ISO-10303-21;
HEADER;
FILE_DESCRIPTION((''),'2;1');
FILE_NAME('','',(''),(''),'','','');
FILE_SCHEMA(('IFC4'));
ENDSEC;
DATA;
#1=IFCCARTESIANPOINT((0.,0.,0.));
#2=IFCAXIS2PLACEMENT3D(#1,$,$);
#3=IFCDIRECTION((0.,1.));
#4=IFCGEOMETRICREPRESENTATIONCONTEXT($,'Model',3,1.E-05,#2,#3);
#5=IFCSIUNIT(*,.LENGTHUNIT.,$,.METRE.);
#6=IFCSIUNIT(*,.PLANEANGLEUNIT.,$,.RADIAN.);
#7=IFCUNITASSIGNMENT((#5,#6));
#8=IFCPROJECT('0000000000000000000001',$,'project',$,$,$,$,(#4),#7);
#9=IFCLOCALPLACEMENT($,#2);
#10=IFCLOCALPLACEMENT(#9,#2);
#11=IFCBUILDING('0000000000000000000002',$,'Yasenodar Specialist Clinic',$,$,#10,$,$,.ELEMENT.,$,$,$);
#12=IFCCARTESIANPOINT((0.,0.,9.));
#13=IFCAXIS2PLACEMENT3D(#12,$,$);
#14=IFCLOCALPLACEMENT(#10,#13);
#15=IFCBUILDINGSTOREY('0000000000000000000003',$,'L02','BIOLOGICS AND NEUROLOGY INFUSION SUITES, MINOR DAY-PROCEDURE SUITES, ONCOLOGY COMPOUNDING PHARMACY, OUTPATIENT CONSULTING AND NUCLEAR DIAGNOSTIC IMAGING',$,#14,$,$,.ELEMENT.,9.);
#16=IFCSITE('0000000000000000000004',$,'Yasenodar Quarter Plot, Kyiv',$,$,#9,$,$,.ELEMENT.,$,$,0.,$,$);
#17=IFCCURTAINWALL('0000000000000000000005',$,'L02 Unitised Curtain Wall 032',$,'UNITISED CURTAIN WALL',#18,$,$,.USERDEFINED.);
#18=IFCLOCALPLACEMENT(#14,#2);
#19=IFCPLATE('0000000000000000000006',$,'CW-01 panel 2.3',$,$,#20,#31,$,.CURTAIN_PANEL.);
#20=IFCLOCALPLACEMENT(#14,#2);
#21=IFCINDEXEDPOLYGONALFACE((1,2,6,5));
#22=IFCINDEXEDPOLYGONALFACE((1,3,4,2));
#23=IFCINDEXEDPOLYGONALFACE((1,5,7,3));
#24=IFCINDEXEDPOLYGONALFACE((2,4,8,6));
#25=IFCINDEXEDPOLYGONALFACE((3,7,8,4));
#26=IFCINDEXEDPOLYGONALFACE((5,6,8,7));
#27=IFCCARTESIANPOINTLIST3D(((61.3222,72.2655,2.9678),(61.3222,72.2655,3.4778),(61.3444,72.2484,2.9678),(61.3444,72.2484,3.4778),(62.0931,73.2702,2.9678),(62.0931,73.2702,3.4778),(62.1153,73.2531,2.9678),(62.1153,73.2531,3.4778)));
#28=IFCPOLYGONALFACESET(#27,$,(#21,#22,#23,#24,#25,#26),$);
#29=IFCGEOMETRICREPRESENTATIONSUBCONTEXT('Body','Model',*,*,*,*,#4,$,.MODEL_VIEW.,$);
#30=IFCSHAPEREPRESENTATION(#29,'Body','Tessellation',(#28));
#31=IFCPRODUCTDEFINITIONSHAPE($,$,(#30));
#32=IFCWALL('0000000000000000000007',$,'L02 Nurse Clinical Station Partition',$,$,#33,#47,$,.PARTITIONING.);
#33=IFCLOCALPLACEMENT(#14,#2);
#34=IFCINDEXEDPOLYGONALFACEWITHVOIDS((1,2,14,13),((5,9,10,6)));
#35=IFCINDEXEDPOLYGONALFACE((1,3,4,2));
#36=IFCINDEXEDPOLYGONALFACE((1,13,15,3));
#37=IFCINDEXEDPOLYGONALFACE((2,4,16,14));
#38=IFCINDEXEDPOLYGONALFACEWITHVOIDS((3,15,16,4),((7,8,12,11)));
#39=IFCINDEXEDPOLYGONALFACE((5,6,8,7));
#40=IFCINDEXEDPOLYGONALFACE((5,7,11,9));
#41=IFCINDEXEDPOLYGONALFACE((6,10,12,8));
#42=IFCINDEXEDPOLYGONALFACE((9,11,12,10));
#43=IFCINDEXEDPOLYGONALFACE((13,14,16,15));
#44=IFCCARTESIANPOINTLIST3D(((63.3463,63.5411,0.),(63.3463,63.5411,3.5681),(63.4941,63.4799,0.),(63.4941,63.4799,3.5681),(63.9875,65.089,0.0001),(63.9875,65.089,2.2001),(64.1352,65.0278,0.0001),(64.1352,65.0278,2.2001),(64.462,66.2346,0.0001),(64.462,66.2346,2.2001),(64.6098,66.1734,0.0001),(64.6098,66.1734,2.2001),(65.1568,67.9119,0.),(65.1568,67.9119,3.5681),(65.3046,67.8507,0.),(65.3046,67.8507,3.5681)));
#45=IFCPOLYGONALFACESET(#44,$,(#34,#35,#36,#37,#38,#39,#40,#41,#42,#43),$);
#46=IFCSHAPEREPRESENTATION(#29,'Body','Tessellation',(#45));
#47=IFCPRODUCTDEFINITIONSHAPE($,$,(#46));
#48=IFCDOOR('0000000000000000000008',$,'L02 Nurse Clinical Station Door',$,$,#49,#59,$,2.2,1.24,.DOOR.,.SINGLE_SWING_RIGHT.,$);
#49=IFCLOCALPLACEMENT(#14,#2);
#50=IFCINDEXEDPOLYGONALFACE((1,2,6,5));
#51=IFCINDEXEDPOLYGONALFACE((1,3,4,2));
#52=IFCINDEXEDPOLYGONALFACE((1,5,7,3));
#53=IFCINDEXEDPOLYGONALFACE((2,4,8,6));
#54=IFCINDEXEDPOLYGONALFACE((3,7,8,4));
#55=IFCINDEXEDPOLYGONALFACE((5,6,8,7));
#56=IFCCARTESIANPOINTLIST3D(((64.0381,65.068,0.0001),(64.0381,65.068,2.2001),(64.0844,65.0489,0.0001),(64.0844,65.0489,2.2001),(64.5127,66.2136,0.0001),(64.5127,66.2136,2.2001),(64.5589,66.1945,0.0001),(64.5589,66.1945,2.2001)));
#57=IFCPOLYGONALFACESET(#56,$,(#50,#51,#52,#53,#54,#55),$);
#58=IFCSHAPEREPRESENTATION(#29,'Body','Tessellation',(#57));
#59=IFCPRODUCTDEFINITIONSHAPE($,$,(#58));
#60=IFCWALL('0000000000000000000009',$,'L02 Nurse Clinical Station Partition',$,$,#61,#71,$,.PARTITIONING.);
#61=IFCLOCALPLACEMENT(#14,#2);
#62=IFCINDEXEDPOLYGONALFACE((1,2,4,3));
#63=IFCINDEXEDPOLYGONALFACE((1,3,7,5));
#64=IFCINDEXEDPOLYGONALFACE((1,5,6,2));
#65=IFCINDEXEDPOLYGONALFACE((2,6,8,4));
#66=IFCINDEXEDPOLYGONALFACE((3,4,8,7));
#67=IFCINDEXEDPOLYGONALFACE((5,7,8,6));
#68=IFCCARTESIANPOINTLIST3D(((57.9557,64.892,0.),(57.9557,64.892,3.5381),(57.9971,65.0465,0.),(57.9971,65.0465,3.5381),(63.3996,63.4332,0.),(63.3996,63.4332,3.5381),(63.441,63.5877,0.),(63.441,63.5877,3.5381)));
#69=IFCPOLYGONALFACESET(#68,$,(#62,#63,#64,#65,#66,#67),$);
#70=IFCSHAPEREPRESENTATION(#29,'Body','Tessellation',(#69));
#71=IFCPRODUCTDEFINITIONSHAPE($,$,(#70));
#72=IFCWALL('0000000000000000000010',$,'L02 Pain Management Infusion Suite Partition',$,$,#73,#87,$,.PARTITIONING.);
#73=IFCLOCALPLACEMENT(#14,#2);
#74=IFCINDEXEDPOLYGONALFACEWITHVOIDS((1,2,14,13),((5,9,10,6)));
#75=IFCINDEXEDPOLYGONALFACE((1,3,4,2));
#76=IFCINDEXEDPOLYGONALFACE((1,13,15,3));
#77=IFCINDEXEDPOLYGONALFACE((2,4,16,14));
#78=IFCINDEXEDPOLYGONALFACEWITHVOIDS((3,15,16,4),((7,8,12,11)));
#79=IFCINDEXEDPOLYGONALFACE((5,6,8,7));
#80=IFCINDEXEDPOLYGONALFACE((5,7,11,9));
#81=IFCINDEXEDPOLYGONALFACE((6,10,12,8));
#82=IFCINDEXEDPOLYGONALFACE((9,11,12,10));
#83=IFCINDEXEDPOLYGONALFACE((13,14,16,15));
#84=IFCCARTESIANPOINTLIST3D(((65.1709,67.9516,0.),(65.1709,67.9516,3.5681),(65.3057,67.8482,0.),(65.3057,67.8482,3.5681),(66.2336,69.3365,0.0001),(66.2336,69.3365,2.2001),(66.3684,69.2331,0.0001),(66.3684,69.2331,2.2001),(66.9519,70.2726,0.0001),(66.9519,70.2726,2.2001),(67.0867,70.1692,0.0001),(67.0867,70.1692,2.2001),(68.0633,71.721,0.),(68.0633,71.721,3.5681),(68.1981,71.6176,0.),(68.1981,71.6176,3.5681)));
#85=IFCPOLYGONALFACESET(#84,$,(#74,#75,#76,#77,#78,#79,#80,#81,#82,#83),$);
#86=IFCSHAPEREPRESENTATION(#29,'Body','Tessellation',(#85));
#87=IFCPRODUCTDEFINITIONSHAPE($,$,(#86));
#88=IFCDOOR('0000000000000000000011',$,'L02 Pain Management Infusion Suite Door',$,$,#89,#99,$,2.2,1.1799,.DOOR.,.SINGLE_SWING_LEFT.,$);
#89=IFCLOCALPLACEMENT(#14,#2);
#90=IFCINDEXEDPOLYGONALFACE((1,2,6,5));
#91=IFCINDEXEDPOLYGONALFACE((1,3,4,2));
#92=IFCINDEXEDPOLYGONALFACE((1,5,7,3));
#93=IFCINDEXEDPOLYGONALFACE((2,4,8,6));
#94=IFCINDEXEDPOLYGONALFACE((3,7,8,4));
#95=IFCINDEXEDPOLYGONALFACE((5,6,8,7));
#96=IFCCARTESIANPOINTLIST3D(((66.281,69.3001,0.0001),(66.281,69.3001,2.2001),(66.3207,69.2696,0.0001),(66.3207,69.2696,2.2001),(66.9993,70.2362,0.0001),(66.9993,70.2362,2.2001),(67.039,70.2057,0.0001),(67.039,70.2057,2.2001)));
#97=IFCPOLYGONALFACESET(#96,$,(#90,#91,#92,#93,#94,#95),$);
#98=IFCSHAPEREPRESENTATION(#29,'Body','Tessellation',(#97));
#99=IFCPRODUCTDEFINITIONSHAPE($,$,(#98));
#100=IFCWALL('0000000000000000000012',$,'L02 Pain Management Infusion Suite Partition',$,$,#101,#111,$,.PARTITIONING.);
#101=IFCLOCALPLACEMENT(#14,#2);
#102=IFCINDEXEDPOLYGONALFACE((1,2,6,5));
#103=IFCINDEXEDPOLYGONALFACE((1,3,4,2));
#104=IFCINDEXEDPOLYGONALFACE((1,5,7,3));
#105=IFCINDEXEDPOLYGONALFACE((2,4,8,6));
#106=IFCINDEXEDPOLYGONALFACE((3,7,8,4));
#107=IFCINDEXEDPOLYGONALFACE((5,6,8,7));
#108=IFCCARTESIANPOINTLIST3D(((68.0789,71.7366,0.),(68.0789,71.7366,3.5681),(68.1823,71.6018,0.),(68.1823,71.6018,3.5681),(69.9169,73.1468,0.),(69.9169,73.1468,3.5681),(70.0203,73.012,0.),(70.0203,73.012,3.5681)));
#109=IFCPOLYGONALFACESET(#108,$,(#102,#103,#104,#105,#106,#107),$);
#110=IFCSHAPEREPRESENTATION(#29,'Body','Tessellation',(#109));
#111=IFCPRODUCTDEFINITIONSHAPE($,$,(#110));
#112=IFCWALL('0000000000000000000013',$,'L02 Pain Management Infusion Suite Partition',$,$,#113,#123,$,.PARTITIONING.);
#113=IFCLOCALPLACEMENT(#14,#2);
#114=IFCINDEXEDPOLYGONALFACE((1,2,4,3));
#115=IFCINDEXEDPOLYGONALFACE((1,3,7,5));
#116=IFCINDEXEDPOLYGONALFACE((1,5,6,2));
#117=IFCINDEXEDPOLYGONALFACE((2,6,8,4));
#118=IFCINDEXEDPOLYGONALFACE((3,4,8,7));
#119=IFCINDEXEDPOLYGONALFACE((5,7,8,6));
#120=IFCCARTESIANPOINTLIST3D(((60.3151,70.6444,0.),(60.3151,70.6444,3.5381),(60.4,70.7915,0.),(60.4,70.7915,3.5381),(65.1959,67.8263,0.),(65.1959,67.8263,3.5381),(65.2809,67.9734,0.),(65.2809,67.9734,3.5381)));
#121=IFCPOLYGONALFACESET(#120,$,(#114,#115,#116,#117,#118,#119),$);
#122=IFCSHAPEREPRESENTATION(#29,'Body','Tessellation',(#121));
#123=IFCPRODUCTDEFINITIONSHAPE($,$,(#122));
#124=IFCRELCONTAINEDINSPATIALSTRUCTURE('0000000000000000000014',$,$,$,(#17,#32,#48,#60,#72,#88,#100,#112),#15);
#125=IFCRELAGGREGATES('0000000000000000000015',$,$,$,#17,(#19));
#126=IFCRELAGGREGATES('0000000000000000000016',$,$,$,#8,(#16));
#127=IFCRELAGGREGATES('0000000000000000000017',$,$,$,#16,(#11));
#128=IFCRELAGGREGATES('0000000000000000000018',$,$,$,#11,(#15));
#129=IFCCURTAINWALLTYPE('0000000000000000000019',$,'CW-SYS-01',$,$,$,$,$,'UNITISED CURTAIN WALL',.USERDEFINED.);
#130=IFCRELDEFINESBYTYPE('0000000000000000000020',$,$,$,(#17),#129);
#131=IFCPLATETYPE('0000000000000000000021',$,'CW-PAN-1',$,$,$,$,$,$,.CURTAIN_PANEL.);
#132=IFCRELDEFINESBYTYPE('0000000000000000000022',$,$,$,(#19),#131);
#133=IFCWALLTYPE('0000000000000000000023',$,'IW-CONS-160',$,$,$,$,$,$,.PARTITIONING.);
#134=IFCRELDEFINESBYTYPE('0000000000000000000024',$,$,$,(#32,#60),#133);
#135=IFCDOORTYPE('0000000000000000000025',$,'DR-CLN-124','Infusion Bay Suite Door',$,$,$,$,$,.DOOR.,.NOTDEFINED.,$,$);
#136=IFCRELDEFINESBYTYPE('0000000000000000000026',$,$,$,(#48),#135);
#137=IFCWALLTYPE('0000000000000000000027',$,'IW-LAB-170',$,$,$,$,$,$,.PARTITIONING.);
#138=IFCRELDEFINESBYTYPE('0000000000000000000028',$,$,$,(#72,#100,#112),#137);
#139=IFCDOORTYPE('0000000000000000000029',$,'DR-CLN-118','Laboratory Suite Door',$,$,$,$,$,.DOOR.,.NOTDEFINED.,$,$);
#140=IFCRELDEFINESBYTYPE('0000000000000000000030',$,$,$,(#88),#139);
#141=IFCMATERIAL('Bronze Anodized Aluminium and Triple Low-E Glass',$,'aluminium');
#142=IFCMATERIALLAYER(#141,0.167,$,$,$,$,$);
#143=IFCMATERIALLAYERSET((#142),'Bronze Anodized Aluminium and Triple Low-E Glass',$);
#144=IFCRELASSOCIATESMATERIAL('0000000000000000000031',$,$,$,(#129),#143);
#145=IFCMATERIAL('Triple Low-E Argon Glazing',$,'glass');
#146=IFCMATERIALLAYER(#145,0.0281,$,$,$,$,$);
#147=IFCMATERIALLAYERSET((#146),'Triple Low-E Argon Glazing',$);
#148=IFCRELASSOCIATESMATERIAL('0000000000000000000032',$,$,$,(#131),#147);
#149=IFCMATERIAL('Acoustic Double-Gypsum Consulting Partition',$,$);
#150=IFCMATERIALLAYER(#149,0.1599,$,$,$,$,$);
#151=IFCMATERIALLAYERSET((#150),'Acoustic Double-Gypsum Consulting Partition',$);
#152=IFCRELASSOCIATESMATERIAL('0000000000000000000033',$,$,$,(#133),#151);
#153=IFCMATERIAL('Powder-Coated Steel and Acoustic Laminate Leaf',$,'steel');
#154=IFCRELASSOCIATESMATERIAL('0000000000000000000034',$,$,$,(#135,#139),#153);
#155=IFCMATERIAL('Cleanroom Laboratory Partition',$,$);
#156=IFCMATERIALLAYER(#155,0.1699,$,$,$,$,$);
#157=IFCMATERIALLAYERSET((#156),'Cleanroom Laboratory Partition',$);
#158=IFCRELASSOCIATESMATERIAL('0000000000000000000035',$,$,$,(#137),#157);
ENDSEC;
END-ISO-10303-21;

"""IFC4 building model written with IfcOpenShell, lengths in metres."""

from ifc_helpers import new_model, si_unit, direction, frame, frame_2d, origin, origin_2d, place, context, subcontext, project, spatial, rectangle, extrude, material, layer, layer_set, type_object, element, fill, aggregate, save


model = new_model("IFC4")

# Units and contexts
model_context = context("Model", 3, precision=1e-05, world=origin(), true_north=direction((0.0, 1.0)))
body_context = subcontext(model_context, "Body", "Model", "MODEL_VIEW")
ifc_project = project(units=[si_unit("LENGTHUNIT", "METRE"), si_unit("PLANEANGLEUNIT", "RADIAN")], contexts=[model_context])

# Site, building, storey
site_placement = place(None, origin())
site = spatial("IfcSite", under=ifc_project, at=site_placement, Name="Yasenodar Quarter Plot, Kyiv", CompositionType="ELEMENT", RefElevation=0.0)
building_placement = place(site_placement, origin())
building = spatial("IfcBuilding", under=site, at=building_placement, Name="Yasenodar Specialist Clinic", CompositionType="ELEMENT")
storey_placement = place(building_placement, frame((0.0, 0.0, 9.0)))
storey = spatial("IfcBuildingStorey", under=building, at=storey_placement, Name="L02", Description="BIOLOGICS AND NEUROLOGY INFUSION SUITES, MINOR DAY-PROCEDURE SUITES, ONCOLOGY COMPOUNDING PHARMACY, OUTPATIENT CONSULTING AND NUCLEAR DIAGNOSTIC IMAGING", CompositionType="ELEMENT", Elevation=9.0)

# Curtain wall, plate
ifc_material_1 = material(Name="Bronze Anodized Aluminium and Triple Low-E Glass", Category="aluminium")
ifc_layer_1 = layer(ifc_material_1, 0.167)
ifc_layer_set_1 = layer_set([ifc_layer_1], Name="Bronze Anodized Aluminium and Triple Low-E Glass")
curtain_wall_type = type_object("IfcCurtainWallType", Name="CW-SYS-01", ElementType="UNITISED CURTAIN WALL", PredefinedType="USERDEFINED", material=ifc_layer_set_1)
curtain_wall_placement = place(storey_placement, origin())
curtain_wall = element("IfcCurtainWall", 1, at=curtain_wall_placement, inside=storey, type_object=curtain_wall_type, Name="L02 Unitised Curtain Wall 032", ObjectType="UNITISED CURTAIN WALL", PredefinedType="USERDEFINED")
ifc_material_2 = material(Name="Triple Low-E Argon Glazing", Category="glass")
ifc_layer_2 = layer(ifc_material_2, 0.0281)
ifc_layer_set_2 = layer_set([ifc_layer_2], Name="Triple Low-E Argon Glazing")
plate_type = type_object("IfcPlateType", Name="CW-PAN-1", PredefinedType="CURTAIN_PANEL", material=ifc_layer_set_2)
plate_1_placement = place(storey_placement, frame((61.7188, 72.7593, 2.9678), z_axis=(0.0, 0.0, 1.0), x_axis=(0.608752, 0.793361, 0.0)))
plate_1 = element("IfcPlate", 2, at=plate_1_placement, type_object=plate_type, Name="CW-01 panel 2.3", PredefinedType="CURTAIN_PANEL", context=body_context, shape_type="SweptSolid", body=[
    extrude(rectangle(XDim=1.2664, YDim=0.0281, at=origin_2d()), origin(), (0.0, 0.0, 1.0), 0.51),
])
aggregate(curtain_wall, [plate_1])

# Wall, opening, door
ifc_material_3 = material(Name="Acoustic Double-Gypsum Consulting Partition")
ifc_layer_3 = layer(ifc_material_3, 0.1599)
ifc_layer_set_3 = layer_set([ifc_layer_3], Name="Acoustic Double-Gypsum Consulting Partition")
wall_type_1 = type_object("IfcWallType", Name="IW-CONS-160", PredefinedType="PARTITIONING", material=ifc_layer_set_3)
wall_1_placement = place(storey_placement, frame((65.2307, 67.8813, 0.0), z_axis=(0.0, 0.0, 1.0), x_axis=(-0.382698, -0.923873, 0.0)))
wall_1 = element("IfcWall", 3, at=wall_1_placement, inside=storey, type_object=wall_type_1, Name="L02 Nurse Clinical Station Partition", PredefinedType="PARTITIONING", context=body_context, shape_type="SweptSolid", body=[
    extrude(rectangle(XDim=4.731, YDim=0.1599, at=frame_2d((2.3655, 0.0))), origin(), (0.0, 0.0, 1.0), 3.5681),
])
opening_1_placement = place(wall_1_placement, frame((1.8154, 0.0, 0.0)))
opening_1 = element("IfcOpeningElement", 4, at=opening_1_placement, cuts=wall_1, PredefinedType="OPENING", context=body_context, shape_type="SweptSolid", body=[
    extrude(rectangle(XDim=1.24, YDim=2.2, at=frame_2d((0.6201, 1.1001))), frame((0.0, 0.0898, 0.0), z_axis=(0.0, -1.0, 0.0), x_axis=(1.0, 0.0, 0.0)), (0.0, 0.0, 1.0), 0.1799),
])
ifc_material_4 = material(Name="Powder-Coated Steel and Acoustic Laminate Leaf", Category="steel")
door_type_1 = type_object("IfcDoorType", Name="DR-CLN-124", Description="Infusion Bay Suite Door", OperationType="NOTDEFINED", PredefinedType="DOOR", material=ifc_material_4)
door_1_placement = place(opening_1_placement, origin())
door_1 = element("IfcDoor", 5, at=door_1_placement, inside=storey, type_object=door_type_1, Name="L02 Nurse Clinical Station Door", OperationType="SINGLE_SWING_RIGHT", OverallHeight=2.2, OverallWidth=1.24, PredefinedType="DOOR", context=body_context, shape_type="SweptSolid", body=[
    extrude(rectangle(XDim=1.24, YDim=2.2, at=frame_2d((0.6201, 1.1001))), frame((0.0, 0.0249, 0.0), z_axis=(0.0, -1.0, 0.0), x_axis=(1.0, 0.0, 0.0)), (0.0, 0.0, 1.0), 0.05),
])
fill(opening_1, door_1)

# Wall
wall_2_placement = place(storey_placement, frame((63.4202, 63.5105, 0.0), z_axis=(0.0, 0.0, 1.0), x_axis=(-0.965923, 0.25883, 0.0)))
element("IfcWall", 6, at=wall_2_placement, inside=storey, type_object=wall_type_1, Name="L02 Nurse Clinical Station Partition", PredefinedType="PARTITIONING", context=body_context, shape_type="SweptSolid", body=[
    extrude(rectangle(XDim=5.636, YDim=0.1599, at=frame_2d((2.8179, 0.0))), origin(), (0.0, 0.0, 1.0), 3.5381),
])

# Wall, opening, door
ifc_material_5 = material(Name="Cleanroom Laboratory Partition")
ifc_layer_4 = layer(ifc_material_5, 0.1699)
ifc_layer_set_4 = layer_set([ifc_layer_4], Name="Cleanroom Laboratory Partition")
wall_type_2 = type_object("IfcWallType", Name="IW-LAB-170", PredefinedType="PARTITIONING", material=ifc_layer_set_4)
wall_3_placement = place(storey_placement, frame((68.1306, 71.6692, 0.0), z_axis=(0.0, 0.0, 1.0), x_axis=(-0.608769, -0.793347, 0.0)))
wall_3 = element("IfcWall", 7, at=wall_3_placement, inside=storey, type_object=wall_type_2, Name="L02 Pain Management Infusion Suite Partition", PredefinedType="PARTITIONING", context=body_context, shape_type="SweptSolid", body=[
    extrude(rectangle(XDim=4.7512, YDim=0.1699, at=frame_2d((2.3755, 0.0))), origin(), (0.0, 0.0, 1.0), 3.5681),
])
opening_2_placement = place(wall_3_placement, frame((1.8257, 0.0, 0.0)))
opening_2 = element("IfcOpeningElement", 8, at=opening_2_placement, cuts=wall_3, PredefinedType="OPENING", context=body_context, shape_type="SweptSolid", body=[
    extrude(rectangle(XDim=1.1799, YDim=2.2, at=frame_2d((0.5898, 1.1001))), frame((0.0, 0.095, 0.0), z_axis=(0.0, -1.0, 0.0), x_axis=(1.0, 0.0, 0.0)), (0.0, 0.0, 1.0), 0.1899),
])
door_type_2 = type_object("IfcDoorType", Name="DR-CLN-118", Description="Laboratory Suite Door", OperationType="NOTDEFINED", PredefinedType="DOOR", material=ifc_material_4)
door_2_placement = place(opening_2_placement, origin())
door_2 = element("IfcDoor", 9, at=door_2_placement, inside=storey, type_object=door_type_2, Name="L02 Pain Management Infusion Suite Door", OperationType="SINGLE_SWING_LEFT", OverallHeight=2.2, OverallWidth=1.1799, PredefinedType="DOOR", context=body_context, shape_type="SweptSolid", body=[
    extrude(rectangle(XDim=1.1799, YDim=2.2, at=frame_2d((0.5898, 1.1001))), frame((0.0, 0.0249, 0.0), z_axis=(0.0, -1.0, 0.0), x_axis=(1.0, 0.0, 0.0)), (0.0, 0.0, 1.0), 0.05),
])
fill(opening_2, door_2)

# Walls
wall_4_placement = place(storey_placement, frame((69.9685, 73.0793, 0.0), z_axis=(0.0, 0.0, 1.0), x_axis=(-0.793376, -0.608732, 0.0)))
element("IfcWall", 10, at=wall_4_placement, inside=storey, type_object=wall_type_2, Name="L02 Pain Management Infusion Suite Partition", PredefinedType="PARTITIONING", context=body_context, shape_type="SweptSolid", body=[
    extrude(rectangle(XDim=2.3167, YDim=0.1699, at=frame_2d((1.1582, 0.0))), origin(), (0.0, 0.0, 1.0), 3.5681),
])
wall_5_placement = place(storey_placement, frame((65.2383, 67.8999, 0.0), z_axis=(0.0, 0.0, 1.0), x_axis=(-0.866014, 0.50002, 0.0)))
element("IfcWall", 11, at=wall_5_placement, inside=storey, type_object=wall_type_2, Name="L02 Pain Management Infusion Suite Partition", PredefinedType="PARTITIONING", context=body_context, shape_type="SweptSolid", body=[
    extrude(rectangle(XDim=5.636, YDim=0.1699, at=frame_2d((2.8179, 0.0))), origin(), (0.0, 0.0, 1.0), 3.5381),
])

save(model, "model.ifc")
